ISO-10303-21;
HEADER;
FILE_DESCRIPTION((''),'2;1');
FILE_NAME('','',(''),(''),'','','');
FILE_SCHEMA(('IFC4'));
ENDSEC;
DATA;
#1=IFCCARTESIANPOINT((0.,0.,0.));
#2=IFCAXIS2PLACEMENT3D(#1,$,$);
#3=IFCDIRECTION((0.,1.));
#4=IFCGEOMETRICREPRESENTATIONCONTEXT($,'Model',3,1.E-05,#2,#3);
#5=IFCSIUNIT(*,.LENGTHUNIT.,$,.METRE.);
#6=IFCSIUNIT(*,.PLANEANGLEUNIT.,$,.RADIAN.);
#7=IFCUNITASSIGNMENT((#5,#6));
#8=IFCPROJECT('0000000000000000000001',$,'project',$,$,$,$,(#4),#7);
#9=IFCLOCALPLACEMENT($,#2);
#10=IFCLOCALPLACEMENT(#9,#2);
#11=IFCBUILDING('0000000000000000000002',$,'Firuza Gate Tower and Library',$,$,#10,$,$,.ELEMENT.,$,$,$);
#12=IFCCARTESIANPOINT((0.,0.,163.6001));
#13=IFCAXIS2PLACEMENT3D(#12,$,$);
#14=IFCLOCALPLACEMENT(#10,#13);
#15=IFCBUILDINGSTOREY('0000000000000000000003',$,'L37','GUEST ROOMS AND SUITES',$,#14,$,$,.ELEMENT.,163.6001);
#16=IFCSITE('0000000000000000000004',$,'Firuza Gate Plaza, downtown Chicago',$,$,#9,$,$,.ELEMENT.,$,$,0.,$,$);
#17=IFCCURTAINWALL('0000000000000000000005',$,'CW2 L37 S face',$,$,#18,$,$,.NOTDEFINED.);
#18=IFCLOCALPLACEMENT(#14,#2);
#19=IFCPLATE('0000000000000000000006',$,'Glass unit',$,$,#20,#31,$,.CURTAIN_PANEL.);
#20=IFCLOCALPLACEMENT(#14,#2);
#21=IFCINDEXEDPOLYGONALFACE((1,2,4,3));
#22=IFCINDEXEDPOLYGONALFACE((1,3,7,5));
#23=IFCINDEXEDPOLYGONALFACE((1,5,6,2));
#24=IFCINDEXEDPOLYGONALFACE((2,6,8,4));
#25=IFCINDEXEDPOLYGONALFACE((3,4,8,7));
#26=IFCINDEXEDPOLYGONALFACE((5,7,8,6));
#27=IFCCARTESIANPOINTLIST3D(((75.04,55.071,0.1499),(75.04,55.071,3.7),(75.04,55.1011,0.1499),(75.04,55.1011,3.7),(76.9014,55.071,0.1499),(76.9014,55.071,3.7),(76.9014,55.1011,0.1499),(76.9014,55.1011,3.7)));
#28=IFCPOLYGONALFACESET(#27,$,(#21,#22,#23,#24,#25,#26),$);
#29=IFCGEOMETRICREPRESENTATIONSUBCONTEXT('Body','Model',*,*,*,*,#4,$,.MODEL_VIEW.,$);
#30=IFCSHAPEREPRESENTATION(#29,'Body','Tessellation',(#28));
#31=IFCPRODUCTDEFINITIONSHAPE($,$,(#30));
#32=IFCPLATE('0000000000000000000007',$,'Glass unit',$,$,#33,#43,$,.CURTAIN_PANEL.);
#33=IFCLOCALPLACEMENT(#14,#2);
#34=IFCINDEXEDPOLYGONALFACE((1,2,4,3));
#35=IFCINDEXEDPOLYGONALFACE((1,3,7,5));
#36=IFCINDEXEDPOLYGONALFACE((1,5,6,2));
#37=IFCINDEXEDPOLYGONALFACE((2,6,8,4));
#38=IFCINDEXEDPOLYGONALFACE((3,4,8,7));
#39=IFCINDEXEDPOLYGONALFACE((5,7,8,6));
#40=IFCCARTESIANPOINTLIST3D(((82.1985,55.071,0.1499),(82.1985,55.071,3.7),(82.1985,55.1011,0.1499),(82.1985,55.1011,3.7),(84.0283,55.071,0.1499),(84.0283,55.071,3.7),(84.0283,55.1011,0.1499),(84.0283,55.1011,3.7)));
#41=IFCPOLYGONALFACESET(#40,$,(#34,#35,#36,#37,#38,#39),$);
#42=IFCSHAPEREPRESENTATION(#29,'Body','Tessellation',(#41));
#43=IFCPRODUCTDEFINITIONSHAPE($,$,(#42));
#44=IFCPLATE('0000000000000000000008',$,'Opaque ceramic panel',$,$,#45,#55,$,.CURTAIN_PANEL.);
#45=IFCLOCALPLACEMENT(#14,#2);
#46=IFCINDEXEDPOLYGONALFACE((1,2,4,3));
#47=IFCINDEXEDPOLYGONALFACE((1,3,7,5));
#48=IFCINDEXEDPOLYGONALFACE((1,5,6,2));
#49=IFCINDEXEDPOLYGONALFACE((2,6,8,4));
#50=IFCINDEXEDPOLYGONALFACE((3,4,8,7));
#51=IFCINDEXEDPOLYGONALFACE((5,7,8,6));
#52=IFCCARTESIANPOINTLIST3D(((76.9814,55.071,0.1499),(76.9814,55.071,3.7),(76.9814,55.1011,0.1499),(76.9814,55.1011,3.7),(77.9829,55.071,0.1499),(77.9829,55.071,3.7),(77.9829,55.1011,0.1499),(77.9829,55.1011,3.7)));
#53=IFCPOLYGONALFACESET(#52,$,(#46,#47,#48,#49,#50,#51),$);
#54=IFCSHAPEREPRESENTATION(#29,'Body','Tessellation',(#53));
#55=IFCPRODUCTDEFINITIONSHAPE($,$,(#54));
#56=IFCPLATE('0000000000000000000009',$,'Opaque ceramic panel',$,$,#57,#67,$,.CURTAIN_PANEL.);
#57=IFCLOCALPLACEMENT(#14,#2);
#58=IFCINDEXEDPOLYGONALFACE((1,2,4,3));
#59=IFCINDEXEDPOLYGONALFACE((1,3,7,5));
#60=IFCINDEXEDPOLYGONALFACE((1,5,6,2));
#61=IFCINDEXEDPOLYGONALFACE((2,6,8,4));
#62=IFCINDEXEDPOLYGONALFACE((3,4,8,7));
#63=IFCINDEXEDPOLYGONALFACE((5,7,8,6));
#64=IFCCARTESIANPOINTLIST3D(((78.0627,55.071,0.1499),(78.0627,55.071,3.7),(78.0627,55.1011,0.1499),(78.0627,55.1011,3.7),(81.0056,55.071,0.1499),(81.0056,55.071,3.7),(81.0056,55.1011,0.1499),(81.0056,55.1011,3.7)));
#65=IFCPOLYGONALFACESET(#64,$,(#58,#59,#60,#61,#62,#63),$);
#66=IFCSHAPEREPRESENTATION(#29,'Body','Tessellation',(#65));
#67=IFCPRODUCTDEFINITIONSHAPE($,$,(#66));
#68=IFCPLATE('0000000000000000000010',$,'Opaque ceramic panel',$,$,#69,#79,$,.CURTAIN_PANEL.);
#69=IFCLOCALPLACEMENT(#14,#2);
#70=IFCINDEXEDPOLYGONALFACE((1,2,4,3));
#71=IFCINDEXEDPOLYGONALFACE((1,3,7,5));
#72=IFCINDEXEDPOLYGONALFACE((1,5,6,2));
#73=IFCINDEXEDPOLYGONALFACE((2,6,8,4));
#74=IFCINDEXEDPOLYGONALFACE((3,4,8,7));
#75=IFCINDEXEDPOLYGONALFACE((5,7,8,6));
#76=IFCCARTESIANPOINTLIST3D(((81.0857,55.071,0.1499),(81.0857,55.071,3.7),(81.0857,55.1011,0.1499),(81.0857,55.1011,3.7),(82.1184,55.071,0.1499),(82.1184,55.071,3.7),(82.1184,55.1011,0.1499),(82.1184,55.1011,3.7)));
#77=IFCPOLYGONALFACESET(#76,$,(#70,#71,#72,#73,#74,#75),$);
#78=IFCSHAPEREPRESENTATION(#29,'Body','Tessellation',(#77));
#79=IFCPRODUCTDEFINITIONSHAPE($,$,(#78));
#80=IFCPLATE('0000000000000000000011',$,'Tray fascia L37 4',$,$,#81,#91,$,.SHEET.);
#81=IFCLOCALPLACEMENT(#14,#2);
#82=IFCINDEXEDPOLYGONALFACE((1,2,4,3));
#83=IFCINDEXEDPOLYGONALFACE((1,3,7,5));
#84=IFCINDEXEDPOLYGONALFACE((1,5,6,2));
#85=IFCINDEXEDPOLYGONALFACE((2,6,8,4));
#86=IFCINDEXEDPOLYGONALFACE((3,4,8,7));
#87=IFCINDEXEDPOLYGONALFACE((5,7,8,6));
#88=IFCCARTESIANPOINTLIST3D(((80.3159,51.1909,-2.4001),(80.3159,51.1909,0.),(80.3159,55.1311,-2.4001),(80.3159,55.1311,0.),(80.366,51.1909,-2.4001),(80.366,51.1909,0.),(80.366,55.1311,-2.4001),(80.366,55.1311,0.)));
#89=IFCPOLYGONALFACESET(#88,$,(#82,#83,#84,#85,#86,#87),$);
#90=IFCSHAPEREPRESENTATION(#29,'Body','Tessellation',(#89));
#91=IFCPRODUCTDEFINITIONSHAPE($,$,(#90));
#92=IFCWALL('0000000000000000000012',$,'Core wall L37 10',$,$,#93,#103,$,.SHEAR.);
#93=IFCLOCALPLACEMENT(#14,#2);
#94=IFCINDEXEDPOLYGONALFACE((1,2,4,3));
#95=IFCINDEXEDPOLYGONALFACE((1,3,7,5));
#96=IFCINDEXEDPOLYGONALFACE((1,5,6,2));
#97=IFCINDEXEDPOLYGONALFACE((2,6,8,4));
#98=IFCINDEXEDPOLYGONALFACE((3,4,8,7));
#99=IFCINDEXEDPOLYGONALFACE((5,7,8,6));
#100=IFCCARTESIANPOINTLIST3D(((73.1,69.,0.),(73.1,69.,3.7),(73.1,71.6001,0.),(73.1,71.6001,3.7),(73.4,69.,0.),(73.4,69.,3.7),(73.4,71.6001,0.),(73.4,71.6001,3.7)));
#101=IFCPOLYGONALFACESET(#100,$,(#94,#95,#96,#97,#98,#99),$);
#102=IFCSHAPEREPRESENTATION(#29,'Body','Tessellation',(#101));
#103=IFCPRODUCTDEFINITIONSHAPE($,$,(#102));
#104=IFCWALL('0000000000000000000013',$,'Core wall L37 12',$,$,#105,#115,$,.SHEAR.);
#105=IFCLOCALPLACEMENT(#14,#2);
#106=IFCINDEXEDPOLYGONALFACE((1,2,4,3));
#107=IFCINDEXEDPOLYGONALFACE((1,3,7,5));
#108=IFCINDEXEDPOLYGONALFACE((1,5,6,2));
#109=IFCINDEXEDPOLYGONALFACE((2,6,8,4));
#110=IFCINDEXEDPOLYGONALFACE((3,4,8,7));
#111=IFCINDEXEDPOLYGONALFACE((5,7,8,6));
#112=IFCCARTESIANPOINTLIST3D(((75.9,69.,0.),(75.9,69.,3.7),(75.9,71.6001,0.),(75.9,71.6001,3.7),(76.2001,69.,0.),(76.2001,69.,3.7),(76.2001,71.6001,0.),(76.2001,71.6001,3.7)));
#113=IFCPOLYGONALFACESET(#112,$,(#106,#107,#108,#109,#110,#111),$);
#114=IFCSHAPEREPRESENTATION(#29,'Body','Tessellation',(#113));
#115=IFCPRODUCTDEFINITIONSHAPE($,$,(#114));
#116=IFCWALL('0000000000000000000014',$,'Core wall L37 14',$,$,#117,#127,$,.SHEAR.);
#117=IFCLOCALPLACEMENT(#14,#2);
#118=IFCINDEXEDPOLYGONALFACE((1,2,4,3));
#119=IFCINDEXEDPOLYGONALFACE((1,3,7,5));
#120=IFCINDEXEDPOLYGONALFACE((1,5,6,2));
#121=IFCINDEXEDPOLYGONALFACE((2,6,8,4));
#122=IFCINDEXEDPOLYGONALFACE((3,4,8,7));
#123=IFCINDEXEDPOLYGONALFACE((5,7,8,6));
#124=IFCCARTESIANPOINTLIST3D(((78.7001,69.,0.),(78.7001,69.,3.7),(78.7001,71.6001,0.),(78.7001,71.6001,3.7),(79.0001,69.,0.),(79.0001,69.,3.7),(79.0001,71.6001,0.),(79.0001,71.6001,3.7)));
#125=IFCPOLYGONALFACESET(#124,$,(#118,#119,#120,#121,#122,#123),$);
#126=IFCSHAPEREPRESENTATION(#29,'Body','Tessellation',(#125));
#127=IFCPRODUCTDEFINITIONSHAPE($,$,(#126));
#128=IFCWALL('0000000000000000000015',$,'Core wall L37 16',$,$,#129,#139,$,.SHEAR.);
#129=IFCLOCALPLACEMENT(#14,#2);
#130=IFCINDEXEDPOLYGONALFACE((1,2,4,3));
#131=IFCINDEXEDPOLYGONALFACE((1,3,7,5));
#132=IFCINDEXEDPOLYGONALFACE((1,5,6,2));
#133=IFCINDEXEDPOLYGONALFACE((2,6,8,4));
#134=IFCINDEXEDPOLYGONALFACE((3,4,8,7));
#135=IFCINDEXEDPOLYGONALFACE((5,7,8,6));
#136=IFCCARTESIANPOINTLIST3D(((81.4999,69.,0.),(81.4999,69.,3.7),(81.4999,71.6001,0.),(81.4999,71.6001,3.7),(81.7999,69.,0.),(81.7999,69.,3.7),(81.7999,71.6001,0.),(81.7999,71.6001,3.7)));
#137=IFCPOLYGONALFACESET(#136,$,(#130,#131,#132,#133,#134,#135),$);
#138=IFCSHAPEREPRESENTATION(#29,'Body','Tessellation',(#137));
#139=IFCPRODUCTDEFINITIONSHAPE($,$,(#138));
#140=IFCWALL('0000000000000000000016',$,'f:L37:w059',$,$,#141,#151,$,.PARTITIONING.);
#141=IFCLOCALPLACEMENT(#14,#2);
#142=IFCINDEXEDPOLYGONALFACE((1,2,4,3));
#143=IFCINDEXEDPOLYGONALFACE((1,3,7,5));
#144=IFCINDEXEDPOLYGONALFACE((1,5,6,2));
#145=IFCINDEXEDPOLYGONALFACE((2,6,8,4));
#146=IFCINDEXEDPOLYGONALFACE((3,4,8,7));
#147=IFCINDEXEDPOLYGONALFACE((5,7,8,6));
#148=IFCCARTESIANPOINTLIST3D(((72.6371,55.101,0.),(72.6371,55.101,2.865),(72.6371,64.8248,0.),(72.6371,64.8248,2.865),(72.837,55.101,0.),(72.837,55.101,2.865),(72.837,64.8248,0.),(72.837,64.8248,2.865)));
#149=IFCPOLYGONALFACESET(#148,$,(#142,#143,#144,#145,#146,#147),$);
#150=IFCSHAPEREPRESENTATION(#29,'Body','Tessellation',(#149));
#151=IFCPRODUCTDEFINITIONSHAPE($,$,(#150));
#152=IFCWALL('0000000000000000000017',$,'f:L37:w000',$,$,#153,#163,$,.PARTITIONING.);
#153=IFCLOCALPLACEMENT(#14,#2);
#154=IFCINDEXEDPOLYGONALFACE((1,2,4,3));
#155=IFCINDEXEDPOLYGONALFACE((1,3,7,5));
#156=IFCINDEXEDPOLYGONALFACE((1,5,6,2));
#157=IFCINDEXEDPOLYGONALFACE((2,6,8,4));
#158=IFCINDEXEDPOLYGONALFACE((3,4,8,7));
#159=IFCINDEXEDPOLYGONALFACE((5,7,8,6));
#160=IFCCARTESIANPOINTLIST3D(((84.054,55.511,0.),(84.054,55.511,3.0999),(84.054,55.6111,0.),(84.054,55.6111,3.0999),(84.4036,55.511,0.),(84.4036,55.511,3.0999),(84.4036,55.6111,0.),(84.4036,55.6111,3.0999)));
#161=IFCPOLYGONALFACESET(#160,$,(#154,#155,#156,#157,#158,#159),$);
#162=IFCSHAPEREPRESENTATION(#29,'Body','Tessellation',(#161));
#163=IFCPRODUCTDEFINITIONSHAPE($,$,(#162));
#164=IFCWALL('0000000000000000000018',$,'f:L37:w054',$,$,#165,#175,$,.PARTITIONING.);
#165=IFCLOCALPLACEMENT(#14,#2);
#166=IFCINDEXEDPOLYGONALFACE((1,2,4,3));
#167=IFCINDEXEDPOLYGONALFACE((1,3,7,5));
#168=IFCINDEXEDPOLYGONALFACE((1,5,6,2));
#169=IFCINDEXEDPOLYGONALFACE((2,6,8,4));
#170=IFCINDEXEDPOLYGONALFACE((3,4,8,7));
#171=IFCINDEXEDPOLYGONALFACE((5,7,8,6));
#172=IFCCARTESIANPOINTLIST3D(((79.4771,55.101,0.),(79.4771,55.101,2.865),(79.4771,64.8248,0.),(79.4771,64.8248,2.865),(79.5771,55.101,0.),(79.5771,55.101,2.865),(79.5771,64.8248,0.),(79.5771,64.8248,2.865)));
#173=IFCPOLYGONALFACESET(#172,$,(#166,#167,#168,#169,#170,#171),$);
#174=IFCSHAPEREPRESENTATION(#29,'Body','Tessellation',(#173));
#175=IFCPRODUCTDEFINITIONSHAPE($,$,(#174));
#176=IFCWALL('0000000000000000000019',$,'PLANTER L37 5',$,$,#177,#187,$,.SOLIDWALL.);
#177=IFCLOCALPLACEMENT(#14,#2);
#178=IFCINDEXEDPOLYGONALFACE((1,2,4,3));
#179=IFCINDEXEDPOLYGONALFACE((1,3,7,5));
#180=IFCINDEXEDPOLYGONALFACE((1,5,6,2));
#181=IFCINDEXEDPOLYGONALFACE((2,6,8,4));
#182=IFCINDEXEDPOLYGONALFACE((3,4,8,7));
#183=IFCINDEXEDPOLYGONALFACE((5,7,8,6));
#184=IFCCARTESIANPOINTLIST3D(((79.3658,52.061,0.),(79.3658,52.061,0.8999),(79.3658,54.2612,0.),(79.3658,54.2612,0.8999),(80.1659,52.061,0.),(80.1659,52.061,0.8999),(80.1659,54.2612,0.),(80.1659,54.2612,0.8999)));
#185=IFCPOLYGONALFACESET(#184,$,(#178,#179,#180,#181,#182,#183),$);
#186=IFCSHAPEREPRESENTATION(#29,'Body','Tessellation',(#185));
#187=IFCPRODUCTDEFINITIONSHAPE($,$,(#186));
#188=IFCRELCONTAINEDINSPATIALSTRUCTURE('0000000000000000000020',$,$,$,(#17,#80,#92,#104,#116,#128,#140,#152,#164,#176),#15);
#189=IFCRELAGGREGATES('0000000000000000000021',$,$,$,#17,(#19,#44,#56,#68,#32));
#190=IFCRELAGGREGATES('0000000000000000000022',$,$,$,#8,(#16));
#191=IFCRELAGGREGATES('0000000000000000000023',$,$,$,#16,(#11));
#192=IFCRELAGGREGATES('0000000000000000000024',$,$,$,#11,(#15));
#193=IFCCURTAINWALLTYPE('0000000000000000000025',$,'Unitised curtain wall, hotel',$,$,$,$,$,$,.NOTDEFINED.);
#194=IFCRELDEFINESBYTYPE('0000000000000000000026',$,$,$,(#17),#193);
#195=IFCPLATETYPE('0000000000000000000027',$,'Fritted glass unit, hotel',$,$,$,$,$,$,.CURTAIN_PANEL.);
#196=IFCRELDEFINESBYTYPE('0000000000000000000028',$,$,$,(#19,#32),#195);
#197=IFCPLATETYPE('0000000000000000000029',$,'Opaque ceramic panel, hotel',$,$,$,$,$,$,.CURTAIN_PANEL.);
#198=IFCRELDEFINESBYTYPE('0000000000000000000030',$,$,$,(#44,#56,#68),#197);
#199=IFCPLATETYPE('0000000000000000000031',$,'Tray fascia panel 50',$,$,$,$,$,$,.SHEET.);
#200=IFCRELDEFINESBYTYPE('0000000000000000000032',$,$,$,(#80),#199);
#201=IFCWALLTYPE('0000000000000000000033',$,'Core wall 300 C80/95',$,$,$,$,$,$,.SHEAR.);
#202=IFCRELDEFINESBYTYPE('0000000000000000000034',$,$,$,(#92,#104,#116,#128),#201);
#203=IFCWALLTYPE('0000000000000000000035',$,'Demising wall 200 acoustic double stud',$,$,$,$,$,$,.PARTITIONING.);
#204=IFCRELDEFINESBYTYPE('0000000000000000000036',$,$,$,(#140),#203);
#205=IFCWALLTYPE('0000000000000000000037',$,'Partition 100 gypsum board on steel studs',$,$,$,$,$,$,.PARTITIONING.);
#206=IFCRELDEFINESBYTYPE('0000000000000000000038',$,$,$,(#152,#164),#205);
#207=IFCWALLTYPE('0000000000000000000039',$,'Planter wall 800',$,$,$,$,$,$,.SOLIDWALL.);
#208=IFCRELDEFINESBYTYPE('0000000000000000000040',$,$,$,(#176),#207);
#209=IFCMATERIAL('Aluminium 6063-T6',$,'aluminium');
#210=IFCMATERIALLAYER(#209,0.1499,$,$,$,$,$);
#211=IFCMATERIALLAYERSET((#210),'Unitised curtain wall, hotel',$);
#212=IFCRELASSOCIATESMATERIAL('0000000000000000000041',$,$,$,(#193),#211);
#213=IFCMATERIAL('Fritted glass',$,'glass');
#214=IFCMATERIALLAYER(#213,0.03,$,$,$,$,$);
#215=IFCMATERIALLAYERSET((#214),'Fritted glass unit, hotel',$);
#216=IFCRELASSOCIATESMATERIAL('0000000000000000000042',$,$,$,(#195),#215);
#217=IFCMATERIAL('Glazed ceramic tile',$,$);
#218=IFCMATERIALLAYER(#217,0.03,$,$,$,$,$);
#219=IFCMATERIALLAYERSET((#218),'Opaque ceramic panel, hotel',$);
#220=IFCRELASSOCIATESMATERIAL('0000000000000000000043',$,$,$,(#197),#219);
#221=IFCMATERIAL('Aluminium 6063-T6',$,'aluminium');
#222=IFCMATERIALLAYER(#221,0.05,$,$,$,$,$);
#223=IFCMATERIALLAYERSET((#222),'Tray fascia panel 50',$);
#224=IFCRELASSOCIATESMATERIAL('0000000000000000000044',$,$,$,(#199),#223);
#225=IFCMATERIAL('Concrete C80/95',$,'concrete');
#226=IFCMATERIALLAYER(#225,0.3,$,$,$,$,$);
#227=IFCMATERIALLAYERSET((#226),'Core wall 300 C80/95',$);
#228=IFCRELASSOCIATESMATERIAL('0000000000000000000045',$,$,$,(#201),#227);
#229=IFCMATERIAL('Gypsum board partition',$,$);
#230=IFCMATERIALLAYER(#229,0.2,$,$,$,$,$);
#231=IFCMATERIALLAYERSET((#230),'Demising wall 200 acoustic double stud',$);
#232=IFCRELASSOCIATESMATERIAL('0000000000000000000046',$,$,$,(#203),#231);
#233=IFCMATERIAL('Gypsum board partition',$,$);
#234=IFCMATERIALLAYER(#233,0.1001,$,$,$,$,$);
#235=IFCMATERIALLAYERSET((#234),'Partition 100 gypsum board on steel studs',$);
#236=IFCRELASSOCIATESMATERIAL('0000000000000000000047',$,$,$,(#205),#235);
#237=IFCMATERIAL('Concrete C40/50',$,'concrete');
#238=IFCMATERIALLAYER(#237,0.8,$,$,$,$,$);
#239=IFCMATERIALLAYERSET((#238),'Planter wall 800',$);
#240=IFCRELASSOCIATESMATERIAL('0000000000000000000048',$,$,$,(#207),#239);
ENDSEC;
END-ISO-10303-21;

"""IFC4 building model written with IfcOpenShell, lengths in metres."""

from ifc_helpers import new_model, si_unit, direction, frame, frame_2d, origin, place, context, subcontext, project, spatial, polyline, rectangle, outline, extrude, material, layer, layer_set, type_object, element, aggregate, save


model = new_model("IFC4")

# Units and contexts
model_context = context("Model", 3, precision=1e-05, world=origin(), true_north=direction((0.0, 1.0)))
body_context = subcontext(model_context, "Body", "Model", "MODEL_VIEW")
ifc_project = project(units=[si_unit("LENGTHUNIT", "METRE"), si_unit("PLANEANGLEUNIT", "RADIAN")], contexts=[model_context])

# Site, building, storey
site_placement = place(None, origin())
site = spatial("IfcSite", under=ifc_project, at=site_placement, Name="Firuza Gate Plaza, downtown Chicago", CompositionType="ELEMENT", RefElevation=0.0)
building_placement = place(site_placement, origin())
building = spatial("IfcBuilding", under=site, at=building_placement, Name="Firuza Gate Tower and Library", CompositionType="ELEMENT")
storey_placement = place(building_placement, frame((0.0, 0.0, 163.6001)))
storey = spatial("IfcBuildingStorey", under=building, at=storey_placement, Name="L37", Description="GUEST ROOMS AND SUITES", CompositionType="ELEMENT", Elevation=163.6001)

# Curtain wall
ifc_material_1 = material(Name="Aluminium 6063-T6", Category="aluminium")
ifc_layer_1 = layer(ifc_material_1, 0.1499)
ifc_layer_set_1 = layer_set([ifc_layer_1], Name="Unitised curtain wall, hotel")
curtain_wall_type = type_object("IfcCurtainWallType", Name="Unitised curtain wall, hotel", PredefinedType="NOTDEFINED", material=ifc_layer_set_1)
curtain_wall_placement = place(storey_placement, origin())
curtain_wall = element("IfcCurtainWall", 1, at=curtain_wall_placement, inside=storey, type_object=curtain_wall_type, Name="CW2 L37 S face", PredefinedType="NOTDEFINED")

# Plates
ifc_material_2 = material(Name="Fritted glass", Category="glass")
ifc_layer_2 = layer(ifc_material_2, 0.03)
ifc_layer_set_2 = layer_set([ifc_layer_2], Name="Fritted glass unit, hotel")
plate_type_1 = type_object("IfcPlateType", Name="Fritted glass unit, hotel", PredefinedType="CURTAIN_PANEL", material=ifc_layer_set_2)
plate_1_placement = place(storey_placement, frame((75.04, 55.071, 0.1499), z_axis=(0.0, -1.0, 0.0), x_axis=(1.0, 0.0, 0.0)))
plate_1 = element("IfcPlate", 2, at=plate_1_placement, type_object=plate_type_1, Name="Glass unit", PredefinedType="CURTAIN_PANEL", context=body_context, shape_type="SweptSolid", body=[
    extrude(outline(polyline([(0.0, 0.0), (1.8613, 0.0), (1.8613, 3.55), (0.0, 3.55), (0.0, 0.0)])), origin(), (0.0, 0.0, -1.0), 0.03),
])
plate_2_placement = place(storey_placement, frame((82.1985, 55.071, 0.1499), z_axis=(0.0, -1.0, 0.0), x_axis=(1.0, 0.0, 0.0)))
plate_2 = element("IfcPlate", 3, at=plate_2_placement, type_object=plate_type_1, Name="Glass unit", PredefinedType="CURTAIN_PANEL", context=body_context, shape_type="SweptSolid", body=[
    extrude(outline(polyline([(0.0, 0.0), (1.8298, 0.0), (1.8298, 3.55), (0.0, 3.55), (0.0, 0.0)])), origin(), (0.0, 0.0, -1.0), 0.03),
])
ifc_material_3 = material(Name="Glazed ceramic tile")
ifc_layer_3 = layer(ifc_material_3, 0.03)
ifc_layer_set_3 = layer_set([ifc_layer_3], Name="Opaque ceramic panel, hotel")
plate_type_2 = type_object("IfcPlateType", Name="Opaque ceramic panel, hotel", PredefinedType="CURTAIN_PANEL", material=ifc_layer_set_3)
plate_3_placement = place(storey_placement, frame((76.9814, 55.071, 0.1499), z_axis=(0.0, -1.0, 0.0), x_axis=(1.0, 0.0, 0.0)))
plate_3 = element("IfcPlate", 4, at=plate_3_placement, type_object=plate_type_2, Name="Opaque ceramic panel", PredefinedType="CURTAIN_PANEL", context=body_context, shape_type="SweptSolid", body=[
    extrude(outline(polyline([(0.0, 0.0), (1.0015, 0.0), (1.0015, 3.55), (0.0, 3.55), (0.0, 0.0)])), origin(), (0.0, 0.0, -1.0), 0.03),
])
plate_4_placement = place(storey_placement, frame((78.0627, 55.071, 0.1499), z_axis=(0.0, -1.0, 0.0), x_axis=(1.0, 0.0, 0.0)))
plate_4 = element("IfcPlate", 5, at=plate_4_placement, type_object=plate_type_2, Name="Opaque ceramic panel", PredefinedType="CURTAIN_PANEL", context=body_context, shape_type="SweptSolid", body=[
    extrude(outline(polyline([(0.0, 0.0), (2.9429, 0.0), (2.9429, 3.55), (0.0, 3.55), (0.0, 0.0)])), origin(), (0.0, 0.0, -1.0), 0.03),
])
plate_5_placement = place(storey_placement, frame((81.0857, 55.071, 0.1499), z_axis=(0.0, -1.0, 0.0), x_axis=(1.0, 0.0, 0.0)))
plate_5 = element("IfcPlate", 6, at=plate_5_placement, type_object=plate_type_2, Name="Opaque ceramic panel", PredefinedType="CURTAIN_PANEL", context=body_context, shape_type="SweptSolid", body=[
    extrude(outline(polyline([(0.0, 0.0), (1.0327, 0.0), (1.0327, 3.55), (0.0, 3.55), (0.0, 0.0)])), origin(), (0.0, 0.0, -1.0), 0.03),
])
aggregate(curtain_wall, [plate_1, plate_3, plate_4, plate_5, plate_2])
ifc_material_4 = material(Name="Aluminium 6063-T6", Category="aluminium")
ifc_layer_4 = layer(ifc_material_4, 0.05)
ifc_layer_set_4 = layer_set([ifc_layer_4], Name="Tray fascia panel 50")
plate_type_3 = type_object("IfcPlateType", Name="Tray fascia panel 50", PredefinedType="SHEET", material=ifc_layer_set_4)
plate_6_placement = place(storey_placement, frame((80.366, 51.1909, -2.4001), z_axis=(1.0, 0.0, 0.0), x_axis=(0.0, 1.0, 0.0)))
element("IfcPlate", 7, at=plate_6_placement, inside=storey, type_object=plate_type_3, Name="Tray fascia L37 4", PredefinedType="SHEET", context=body_context, shape_type="SweptSolid", body=[
    extrude(outline(polyline([(0.0, 0.0), (3.9402, 0.0), (3.9402, 2.4001), (0.0, 2.4001), (0.0, 0.0)])), origin(), (0.0, 0.0, -1.0), 0.05),
])

# Walls
ifc_material_5 = material(Name="Concrete C80/95", Category="concrete")
ifc_layer_5 = layer(ifc_material_5, 0.3)
ifc_layer_set_5 = layer_set([ifc_layer_5], Name="Core wall 300 C80/95")
wall_type_1 = type_object("IfcWallType", Name="Core wall 300 C80/95", PredefinedType="SHEAR", material=ifc_layer_set_5)
for number, where, z_axis, x_axis, name in (
    (8, (73.25, 69.0, 0.0), (0.0, 0.0, 1.0), (0.0, 1.0, 0.0), "Core wall L37 10"),
    (9, (76.05, 69.0, 0.0), (0.0, 0.0, 1.0), (0.0, 1.0, 0.0), "Core wall L37 12"),
    (10, (78.8501, 69.0, 0.0), (0.0, 0.0, 1.0), (0.0, 1.0, 0.0), "Core wall L37 14"),
    (11, (81.6499, 69.0, 0.0), (0.0, 0.0, 1.0), (0.0, 1.0, 0.0), "Core wall L37 16"),
):
    element("IfcWall", number, at=place(storey_placement, frame(where, z_axis=z_axis, x_axis=x_axis)), inside=storey, type_object=wall_type_1, Name=name, PredefinedType="SHEAR", context=body_context, shape_type="SweptSolid", body=[
        extrude(rectangle(XDim=2.6001, YDim=0.3, at=frame_2d((1.3, 0.0))), origin(), (0.0, 0.0, 1.0), 3.7),
    ])
ifc_material_6 = material(Name="Gypsum board partition")
ifc_layer_6 = layer(ifc_material_6, 0.2)
ifc_layer_set_6 = layer_set([ifc_layer_6], Name="Demising wall 200 acoustic double stud")
wall_type_2 = type_object("IfcWallType", Name="Demising wall 200 acoustic double stud", PredefinedType="PARTITIONING", material=ifc_layer_set_6)
wall_1_placement = place(storey_placement, frame((72.7371, 55.1011, 0.0), z_axis=(0.0, 0.0, 1.0), x_axis=(0.0, 1.0, 0.0)))
element("IfcWall", 12, at=wall_1_placement, inside=storey, type_object=wall_type_2, Name="f:L37:w059", PredefinedType="PARTITIONING", context=body_context, shape_type="SweptSolid", body=[
    extrude(rectangle(XDim=9.7239, YDim=0.2, at=frame_2d((4.8618, 0.0))), origin(), (0.0, 0.0, 1.0), 2.865),
])
ifc_material_7 = material(Name="Gypsum board partition")
ifc_layer_7 = layer(ifc_material_7, 0.1001)
ifc_layer_set_7 = layer_set([ifc_layer_7], Name="Partition 100 gypsum board on steel studs")
wall_type_3 = type_object("IfcWallType", Name="Partition 100 gypsum board on steel studs", PredefinedType="PARTITIONING", material=ifc_layer_set_7)
wall_2_placement = place(storey_placement, frame((84.054, 55.561, 0.0), z_axis=(0.0, 0.0, 1.0), x_axis=(1.0, 0.0, 0.0)))
element("IfcWall", 13, at=wall_2_placement, inside=storey, type_object=wall_type_3, Name="f:L37:w000", PredefinedType="PARTITIONING", context=body_context, shape_type="SweptSolid", body=[
    extrude(rectangle(XDim=0.3496, YDim=0.1001, at=frame_2d((0.1748, 0.0))), origin(), (0.0, 0.0, 1.0), 3.0999),
])
wall_3_placement = place(storey_placement, frame((79.5271, 55.1011, 0.0), z_axis=(0.0, 0.0, 1.0), x_axis=(0.0, 1.0, 0.0)))
element("IfcWall", 14, at=wall_3_placement, inside=storey, type_object=wall_type_3, Name="f:L37:w054", PredefinedType="PARTITIONING", context=body_context, shape_type="SweptSolid", body=[
    extrude(rectangle(XDim=9.7239, YDim=0.1001, at=frame_2d((4.8618, 0.0))), origin(), (0.0, 0.0, 1.0), 2.865),
])
ifc_material_8 = material(Name="Concrete C40/50", Category="concrete")
ifc_layer_8 = layer(ifc_material_8, 0.8)
ifc_layer_set_8 = layer_set([ifc_layer_8], Name="Planter wall 800")
wall_type_4 = type_object("IfcWallType", Name="Planter wall 800", PredefinedType="SOLIDWALL", material=ifc_layer_set_8)
wall_4_placement = place(storey_placement, frame((79.7659, 52.061, 0.0), z_axis=(0.0, 0.0, 1.0), x_axis=(0.0, 1.0, 0.0)))
element("IfcWall", 15, at=wall_4_placement, inside=storey, type_object=wall_type_4, Name="PLANTER L37 5", PredefinedType="SOLIDWALL", context=body_context, shape_type="SweptSolid", body=[
    extrude(rectangle(XDim=2.2002, YDim=0.8, at=frame_2d((1.1001, 0.0))), origin(), (0.0, 0.0, 1.0), 0.8999),
])

save(model, "model.ifc")
